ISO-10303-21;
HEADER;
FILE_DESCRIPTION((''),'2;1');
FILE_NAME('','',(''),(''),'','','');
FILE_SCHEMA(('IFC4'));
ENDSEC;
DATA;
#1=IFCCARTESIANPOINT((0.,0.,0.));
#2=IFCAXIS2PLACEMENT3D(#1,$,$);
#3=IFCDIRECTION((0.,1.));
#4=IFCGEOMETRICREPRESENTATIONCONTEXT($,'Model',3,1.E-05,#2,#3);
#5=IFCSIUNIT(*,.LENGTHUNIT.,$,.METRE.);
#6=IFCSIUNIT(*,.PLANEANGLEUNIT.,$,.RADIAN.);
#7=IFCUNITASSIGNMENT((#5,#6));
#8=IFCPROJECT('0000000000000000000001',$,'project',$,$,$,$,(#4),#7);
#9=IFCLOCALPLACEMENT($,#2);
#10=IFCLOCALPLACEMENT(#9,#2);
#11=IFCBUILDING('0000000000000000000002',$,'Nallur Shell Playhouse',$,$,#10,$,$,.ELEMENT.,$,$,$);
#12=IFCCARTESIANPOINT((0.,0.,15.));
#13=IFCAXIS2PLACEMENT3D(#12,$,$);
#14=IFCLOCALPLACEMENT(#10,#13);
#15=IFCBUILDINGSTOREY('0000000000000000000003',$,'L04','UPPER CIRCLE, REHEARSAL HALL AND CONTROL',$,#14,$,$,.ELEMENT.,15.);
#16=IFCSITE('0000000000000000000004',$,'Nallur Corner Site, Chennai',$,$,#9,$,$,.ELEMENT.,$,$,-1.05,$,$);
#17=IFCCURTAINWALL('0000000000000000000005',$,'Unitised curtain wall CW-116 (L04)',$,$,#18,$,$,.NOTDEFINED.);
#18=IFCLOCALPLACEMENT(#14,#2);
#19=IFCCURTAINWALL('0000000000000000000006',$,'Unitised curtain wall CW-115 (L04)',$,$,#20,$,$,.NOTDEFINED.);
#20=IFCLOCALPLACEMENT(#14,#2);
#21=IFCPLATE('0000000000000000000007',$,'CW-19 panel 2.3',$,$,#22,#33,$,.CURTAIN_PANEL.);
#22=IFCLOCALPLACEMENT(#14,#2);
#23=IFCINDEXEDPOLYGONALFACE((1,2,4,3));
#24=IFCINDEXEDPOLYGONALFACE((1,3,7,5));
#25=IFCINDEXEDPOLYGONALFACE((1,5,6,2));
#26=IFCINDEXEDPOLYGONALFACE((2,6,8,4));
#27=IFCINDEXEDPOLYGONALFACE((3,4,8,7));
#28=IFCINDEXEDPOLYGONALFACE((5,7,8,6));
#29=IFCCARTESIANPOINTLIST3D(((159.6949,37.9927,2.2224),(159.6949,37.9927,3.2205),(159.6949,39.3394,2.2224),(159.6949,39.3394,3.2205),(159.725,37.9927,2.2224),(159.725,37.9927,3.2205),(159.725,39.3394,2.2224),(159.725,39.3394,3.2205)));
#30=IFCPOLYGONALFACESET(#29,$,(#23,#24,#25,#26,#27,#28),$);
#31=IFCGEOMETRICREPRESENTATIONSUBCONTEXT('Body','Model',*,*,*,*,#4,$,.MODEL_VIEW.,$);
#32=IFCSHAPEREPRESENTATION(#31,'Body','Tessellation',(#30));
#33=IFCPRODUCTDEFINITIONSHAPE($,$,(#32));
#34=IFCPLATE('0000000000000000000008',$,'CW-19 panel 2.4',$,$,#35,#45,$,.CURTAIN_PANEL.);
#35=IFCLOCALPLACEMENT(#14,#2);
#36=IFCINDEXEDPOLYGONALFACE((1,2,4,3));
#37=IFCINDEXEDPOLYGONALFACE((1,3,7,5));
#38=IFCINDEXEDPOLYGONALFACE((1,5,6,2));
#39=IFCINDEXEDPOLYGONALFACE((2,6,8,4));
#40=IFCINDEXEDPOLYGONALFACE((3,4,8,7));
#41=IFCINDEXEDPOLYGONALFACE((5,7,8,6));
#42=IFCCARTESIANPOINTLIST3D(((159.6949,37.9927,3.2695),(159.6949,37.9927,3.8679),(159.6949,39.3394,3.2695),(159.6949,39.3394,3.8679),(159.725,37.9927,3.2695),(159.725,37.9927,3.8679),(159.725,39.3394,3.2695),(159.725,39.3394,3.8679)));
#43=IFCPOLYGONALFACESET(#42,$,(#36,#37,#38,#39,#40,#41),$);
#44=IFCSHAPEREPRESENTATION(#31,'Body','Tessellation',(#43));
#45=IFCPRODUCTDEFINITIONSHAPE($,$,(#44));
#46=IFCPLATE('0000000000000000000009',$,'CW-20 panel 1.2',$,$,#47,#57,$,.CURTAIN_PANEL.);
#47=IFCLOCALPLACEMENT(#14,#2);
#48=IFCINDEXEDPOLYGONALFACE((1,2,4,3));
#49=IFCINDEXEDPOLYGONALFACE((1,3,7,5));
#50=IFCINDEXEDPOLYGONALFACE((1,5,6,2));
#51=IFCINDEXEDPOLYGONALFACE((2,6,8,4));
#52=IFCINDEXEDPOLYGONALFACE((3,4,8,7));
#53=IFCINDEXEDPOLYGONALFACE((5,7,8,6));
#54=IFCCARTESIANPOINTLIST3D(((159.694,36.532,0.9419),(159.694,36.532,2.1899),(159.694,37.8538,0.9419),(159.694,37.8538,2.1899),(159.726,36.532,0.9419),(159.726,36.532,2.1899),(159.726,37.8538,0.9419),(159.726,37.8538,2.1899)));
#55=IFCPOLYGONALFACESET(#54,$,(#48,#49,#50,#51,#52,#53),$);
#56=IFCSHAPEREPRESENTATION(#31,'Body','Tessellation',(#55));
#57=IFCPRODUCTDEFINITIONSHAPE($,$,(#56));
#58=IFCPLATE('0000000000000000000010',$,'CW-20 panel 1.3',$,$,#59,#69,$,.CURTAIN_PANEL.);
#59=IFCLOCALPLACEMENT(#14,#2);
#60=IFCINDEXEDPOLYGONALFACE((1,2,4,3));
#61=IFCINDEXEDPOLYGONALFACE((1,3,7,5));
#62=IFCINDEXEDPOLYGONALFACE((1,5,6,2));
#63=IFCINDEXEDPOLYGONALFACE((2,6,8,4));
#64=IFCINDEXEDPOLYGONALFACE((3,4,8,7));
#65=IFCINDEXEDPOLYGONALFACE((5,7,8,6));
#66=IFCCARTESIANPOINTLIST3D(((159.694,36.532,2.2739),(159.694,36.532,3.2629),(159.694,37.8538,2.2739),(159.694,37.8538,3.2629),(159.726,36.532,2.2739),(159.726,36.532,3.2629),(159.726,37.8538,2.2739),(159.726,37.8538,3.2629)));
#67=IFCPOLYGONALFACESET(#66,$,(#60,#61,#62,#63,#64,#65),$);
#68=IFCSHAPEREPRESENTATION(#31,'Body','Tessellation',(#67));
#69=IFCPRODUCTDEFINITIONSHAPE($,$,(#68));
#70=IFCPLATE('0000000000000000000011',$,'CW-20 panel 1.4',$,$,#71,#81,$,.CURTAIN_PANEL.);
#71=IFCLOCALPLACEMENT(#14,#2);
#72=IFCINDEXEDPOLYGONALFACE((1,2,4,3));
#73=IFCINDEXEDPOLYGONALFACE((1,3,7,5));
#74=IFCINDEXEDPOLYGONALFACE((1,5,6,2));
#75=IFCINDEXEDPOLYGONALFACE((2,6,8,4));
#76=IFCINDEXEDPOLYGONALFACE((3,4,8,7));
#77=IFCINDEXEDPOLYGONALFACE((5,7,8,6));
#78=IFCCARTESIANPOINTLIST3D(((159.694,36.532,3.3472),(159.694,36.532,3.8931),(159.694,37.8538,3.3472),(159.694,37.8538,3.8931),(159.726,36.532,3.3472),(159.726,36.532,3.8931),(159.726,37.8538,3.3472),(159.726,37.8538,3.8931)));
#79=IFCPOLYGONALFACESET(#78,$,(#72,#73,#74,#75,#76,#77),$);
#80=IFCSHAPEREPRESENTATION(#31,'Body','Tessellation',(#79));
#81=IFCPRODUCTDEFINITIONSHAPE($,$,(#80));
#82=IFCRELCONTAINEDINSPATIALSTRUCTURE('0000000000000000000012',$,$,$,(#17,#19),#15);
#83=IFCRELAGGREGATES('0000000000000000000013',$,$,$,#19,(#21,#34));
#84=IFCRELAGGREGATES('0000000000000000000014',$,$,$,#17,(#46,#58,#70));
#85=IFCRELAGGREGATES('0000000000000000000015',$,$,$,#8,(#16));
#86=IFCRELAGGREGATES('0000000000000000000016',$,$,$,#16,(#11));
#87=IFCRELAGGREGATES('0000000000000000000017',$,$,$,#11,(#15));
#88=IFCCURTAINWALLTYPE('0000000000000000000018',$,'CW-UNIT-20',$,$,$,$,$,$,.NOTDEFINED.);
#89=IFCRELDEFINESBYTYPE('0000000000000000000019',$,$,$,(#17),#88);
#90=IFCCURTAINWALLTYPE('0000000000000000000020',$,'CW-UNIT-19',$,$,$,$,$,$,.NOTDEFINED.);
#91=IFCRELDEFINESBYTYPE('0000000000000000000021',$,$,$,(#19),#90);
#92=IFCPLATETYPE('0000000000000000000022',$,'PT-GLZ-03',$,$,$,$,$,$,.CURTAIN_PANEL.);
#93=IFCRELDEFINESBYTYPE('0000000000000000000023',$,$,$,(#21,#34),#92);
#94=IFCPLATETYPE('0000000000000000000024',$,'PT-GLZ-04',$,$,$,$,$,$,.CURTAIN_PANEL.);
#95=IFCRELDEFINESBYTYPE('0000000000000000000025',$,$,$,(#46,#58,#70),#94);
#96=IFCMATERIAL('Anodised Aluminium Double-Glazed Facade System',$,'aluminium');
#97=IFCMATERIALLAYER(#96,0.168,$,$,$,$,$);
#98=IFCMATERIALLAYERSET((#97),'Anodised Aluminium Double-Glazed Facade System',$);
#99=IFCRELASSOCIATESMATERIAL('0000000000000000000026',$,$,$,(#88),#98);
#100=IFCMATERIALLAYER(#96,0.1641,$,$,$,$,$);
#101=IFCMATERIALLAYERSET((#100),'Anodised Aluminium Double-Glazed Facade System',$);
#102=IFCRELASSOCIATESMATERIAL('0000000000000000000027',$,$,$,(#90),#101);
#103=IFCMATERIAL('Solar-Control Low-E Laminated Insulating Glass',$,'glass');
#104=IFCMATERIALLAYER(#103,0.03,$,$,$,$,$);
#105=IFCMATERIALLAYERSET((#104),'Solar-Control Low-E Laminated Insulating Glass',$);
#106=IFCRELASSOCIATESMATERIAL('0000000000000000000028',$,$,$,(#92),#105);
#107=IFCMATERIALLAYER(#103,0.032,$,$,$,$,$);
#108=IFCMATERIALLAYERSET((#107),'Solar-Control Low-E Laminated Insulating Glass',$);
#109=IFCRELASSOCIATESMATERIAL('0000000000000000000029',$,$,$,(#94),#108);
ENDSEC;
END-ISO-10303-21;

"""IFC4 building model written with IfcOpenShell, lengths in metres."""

from ifc_helpers import new_model, si_unit, direction, frame, origin, origin_2d, place, context, subcontext, project, spatial, rectangle, extrude, material, layer, layer_set, type_object, element, aggregate, save


model = new_model("IFC4")

# Units and contexts
model_context = context("Model", 3, precision=1e-05, world=origin(), true_north=direction((0.0, 1.0)))
body_context = subcontext(model_context, "Body", "Model", "MODEL_VIEW")
ifc_project = project(units=[si_unit("LENGTHUNIT", "METRE"), si_unit("PLANEANGLEUNIT", "RADIAN")], contexts=[model_context])

# Site, building, storey
site_placement = place(None, origin())
site = spatial("IfcSite", under=ifc_project, at=site_placement, Name="Nallur Corner Site, Chennai", CompositionType="ELEMENT", RefElevation=-1.05)
building_placement = place(site_placement, origin())
building = spatial("IfcBuilding", under=site, at=building_placement, Name="Nallur Shell Playhouse", CompositionType="ELEMENT")
storey_placement = place(building_placement, frame((0.0, 0.0, 15.0)))
storey = spatial("IfcBuildingStorey", under=building, at=storey_placement, Name="L04", Description="UPPER CIRCLE, REHEARSAL HALL AND CONTROL", CompositionType="ELEMENT", Elevation=15.0)

# Curtain wall
ifc_material_1 = material(Name="Anodised Aluminium Double-Glazed Facade System", Category="aluminium")
ifc_layer_1 = layer(ifc_material_1, 0.168)
ifc_layer_set_1 = layer_set([ifc_layer_1], Name="Anodised Aluminium Double-Glazed Facade System")
curtain_wall_type_1 = type_object("IfcCurtainWallType", Name="CW-UNIT-20", PredefinedType="NOTDEFINED", material=ifc_layer_set_1)
curtain_wall_1_placement = place(storey_placement, origin())
curtain_wall_1 = element("IfcCurtainWall", 1, at=curtain_wall_1_placement, inside=storey, type_object=curtain_wall_type_1, Name="Unitised curtain wall CW-116 (L04)", PredefinedType="NOTDEFINED")

# Curtain wall
ifc_layer_2 = layer(ifc_material_1, 0.1641)
ifc_layer_set_2 = layer_set([ifc_layer_2], Name="Anodised Aluminium Double-Glazed Facade System")
curtain_wall_type_2 = type_object("IfcCurtainWallType", Name="CW-UNIT-19", PredefinedType="NOTDEFINED", material=ifc_layer_set_2)
curtain_wall_2_placement = place(storey_placement, origin())
curtain_wall_2 = element("IfcCurtainWall", 2, at=curtain_wall_2_placement, inside=storey, type_object=curtain_wall_type_2, Name="Unitised curtain wall CW-115 (L04)", PredefinedType="NOTDEFINED")

# Plates
ifc_material_2 = material(Name="Solar-Control Low-E Laminated Insulating Glass", Category="glass")
ifc_layer_3 = layer(ifc_material_2, 0.03)
ifc_layer_set_3 = layer_set([ifc_layer_3], Name="Solar-Control Low-E Laminated Insulating Glass")
plate_type_1 = type_object("IfcPlateType", Name="PT-GLZ-03", PredefinedType="CURTAIN_PANEL", material=ifc_layer_set_3)
plate_1_placement = place(storey_placement, frame((159.71, 38.666, 2.2224), z_axis=(0.0, 0.0, 1.0), x_axis=(0.0, -1.0, 0.0)))
plate_1 = element("IfcPlate", 3, at=plate_1_placement, type_object=plate_type_1, Name="CW-19 panel 2.3", PredefinedType="CURTAIN_PANEL", context=body_context, shape_type="SweptSolid", body=[
    extrude(rectangle(XDim=1.3467, YDim=0.03, at=origin_2d()), origin(), (0.0, 0.0, 1.0), 0.998),
])
plate_2_placement = place(storey_placement, frame((159.71, 38.666, 3.2695), z_axis=(0.0, 0.0, 1.0), x_axis=(0.0, -1.0, 0.0)))
plate_2 = element("IfcPlate", 4, at=plate_2_placement, type_object=plate_type_1, Name="CW-19 panel 2.4", PredefinedType="CURTAIN_PANEL", context=body_context, shape_type="SweptSolid", body=[
    extrude(rectangle(XDim=1.3467, YDim=0.03, at=origin_2d()), origin(), (0.0, 0.0, 1.0), 0.5984),
])
aggregate(curtain_wall_2, [plate_1, plate_2])
ifc_layer_4 = layer(ifc_material_2, 0.032)
ifc_layer_set_4 = layer_set([ifc_layer_4], Name="Solar-Control Low-E Laminated Insulating Glass")
plate_type_2 = type_object("IfcPlateType", Name="PT-GLZ-04", PredefinedType="CURTAIN_PANEL", material=ifc_layer_set_4)
plate_3_placement = place(storey_placement, frame((159.71, 37.1929, 0.9419), z_axis=(0.0, 0.0, 1.0), x_axis=(0.0, -1.0, 0.0)))
plate_3 = element("IfcPlate", 5, at=plate_3_placement, type_object=plate_type_2, Name="CW-20 panel 1.2", PredefinedType="CURTAIN_PANEL", context=body_context, shape_type="SweptSolid", body=[
    extrude(rectangle(XDim=1.3218, YDim=0.032, at=origin_2d()), origin(), (0.0, 0.0, 1.0), 1.248),
])
plate_4_placement = place(storey_placement, frame((159.71, 37.1929, 2.2739), z_axis=(0.0, 0.0, 1.0), x_axis=(0.0, -1.0, 0.0)))
plate_4 = element("IfcPlate", 6, at=plate_4_placement, type_object=plate_type_2, Name="CW-20 panel 1.3", PredefinedType="CURTAIN_PANEL", context=body_context, shape_type="SweptSolid", body=[
    extrude(rectangle(XDim=1.3218, YDim=0.032, at=origin_2d()), origin(), (0.0, 0.0, 1.0), 0.989),
])
plate_5_placement = place(storey_placement, frame((159.71, 37.1929, 3.3472), z_axis=(0.0, 0.0, 1.0), x_axis=(0.0, -1.0, 0.0)))
plate_5 = element("IfcPlate", 7, at=plate_5_placement, type_object=plate_type_2, Name="CW-20 panel 1.4", PredefinedType="CURTAIN_PANEL", context=body_context, shape_type="SweptSolid", body=[
    extrude(rectangle(XDim=1.3218, YDim=0.032, at=origin_2d()), origin(), (0.0, 0.0, 1.0), 0.5459),
])
aggregate(curtain_wall_1, [plate_3, plate_4, plate_5])

save(model, "model.ifc")
